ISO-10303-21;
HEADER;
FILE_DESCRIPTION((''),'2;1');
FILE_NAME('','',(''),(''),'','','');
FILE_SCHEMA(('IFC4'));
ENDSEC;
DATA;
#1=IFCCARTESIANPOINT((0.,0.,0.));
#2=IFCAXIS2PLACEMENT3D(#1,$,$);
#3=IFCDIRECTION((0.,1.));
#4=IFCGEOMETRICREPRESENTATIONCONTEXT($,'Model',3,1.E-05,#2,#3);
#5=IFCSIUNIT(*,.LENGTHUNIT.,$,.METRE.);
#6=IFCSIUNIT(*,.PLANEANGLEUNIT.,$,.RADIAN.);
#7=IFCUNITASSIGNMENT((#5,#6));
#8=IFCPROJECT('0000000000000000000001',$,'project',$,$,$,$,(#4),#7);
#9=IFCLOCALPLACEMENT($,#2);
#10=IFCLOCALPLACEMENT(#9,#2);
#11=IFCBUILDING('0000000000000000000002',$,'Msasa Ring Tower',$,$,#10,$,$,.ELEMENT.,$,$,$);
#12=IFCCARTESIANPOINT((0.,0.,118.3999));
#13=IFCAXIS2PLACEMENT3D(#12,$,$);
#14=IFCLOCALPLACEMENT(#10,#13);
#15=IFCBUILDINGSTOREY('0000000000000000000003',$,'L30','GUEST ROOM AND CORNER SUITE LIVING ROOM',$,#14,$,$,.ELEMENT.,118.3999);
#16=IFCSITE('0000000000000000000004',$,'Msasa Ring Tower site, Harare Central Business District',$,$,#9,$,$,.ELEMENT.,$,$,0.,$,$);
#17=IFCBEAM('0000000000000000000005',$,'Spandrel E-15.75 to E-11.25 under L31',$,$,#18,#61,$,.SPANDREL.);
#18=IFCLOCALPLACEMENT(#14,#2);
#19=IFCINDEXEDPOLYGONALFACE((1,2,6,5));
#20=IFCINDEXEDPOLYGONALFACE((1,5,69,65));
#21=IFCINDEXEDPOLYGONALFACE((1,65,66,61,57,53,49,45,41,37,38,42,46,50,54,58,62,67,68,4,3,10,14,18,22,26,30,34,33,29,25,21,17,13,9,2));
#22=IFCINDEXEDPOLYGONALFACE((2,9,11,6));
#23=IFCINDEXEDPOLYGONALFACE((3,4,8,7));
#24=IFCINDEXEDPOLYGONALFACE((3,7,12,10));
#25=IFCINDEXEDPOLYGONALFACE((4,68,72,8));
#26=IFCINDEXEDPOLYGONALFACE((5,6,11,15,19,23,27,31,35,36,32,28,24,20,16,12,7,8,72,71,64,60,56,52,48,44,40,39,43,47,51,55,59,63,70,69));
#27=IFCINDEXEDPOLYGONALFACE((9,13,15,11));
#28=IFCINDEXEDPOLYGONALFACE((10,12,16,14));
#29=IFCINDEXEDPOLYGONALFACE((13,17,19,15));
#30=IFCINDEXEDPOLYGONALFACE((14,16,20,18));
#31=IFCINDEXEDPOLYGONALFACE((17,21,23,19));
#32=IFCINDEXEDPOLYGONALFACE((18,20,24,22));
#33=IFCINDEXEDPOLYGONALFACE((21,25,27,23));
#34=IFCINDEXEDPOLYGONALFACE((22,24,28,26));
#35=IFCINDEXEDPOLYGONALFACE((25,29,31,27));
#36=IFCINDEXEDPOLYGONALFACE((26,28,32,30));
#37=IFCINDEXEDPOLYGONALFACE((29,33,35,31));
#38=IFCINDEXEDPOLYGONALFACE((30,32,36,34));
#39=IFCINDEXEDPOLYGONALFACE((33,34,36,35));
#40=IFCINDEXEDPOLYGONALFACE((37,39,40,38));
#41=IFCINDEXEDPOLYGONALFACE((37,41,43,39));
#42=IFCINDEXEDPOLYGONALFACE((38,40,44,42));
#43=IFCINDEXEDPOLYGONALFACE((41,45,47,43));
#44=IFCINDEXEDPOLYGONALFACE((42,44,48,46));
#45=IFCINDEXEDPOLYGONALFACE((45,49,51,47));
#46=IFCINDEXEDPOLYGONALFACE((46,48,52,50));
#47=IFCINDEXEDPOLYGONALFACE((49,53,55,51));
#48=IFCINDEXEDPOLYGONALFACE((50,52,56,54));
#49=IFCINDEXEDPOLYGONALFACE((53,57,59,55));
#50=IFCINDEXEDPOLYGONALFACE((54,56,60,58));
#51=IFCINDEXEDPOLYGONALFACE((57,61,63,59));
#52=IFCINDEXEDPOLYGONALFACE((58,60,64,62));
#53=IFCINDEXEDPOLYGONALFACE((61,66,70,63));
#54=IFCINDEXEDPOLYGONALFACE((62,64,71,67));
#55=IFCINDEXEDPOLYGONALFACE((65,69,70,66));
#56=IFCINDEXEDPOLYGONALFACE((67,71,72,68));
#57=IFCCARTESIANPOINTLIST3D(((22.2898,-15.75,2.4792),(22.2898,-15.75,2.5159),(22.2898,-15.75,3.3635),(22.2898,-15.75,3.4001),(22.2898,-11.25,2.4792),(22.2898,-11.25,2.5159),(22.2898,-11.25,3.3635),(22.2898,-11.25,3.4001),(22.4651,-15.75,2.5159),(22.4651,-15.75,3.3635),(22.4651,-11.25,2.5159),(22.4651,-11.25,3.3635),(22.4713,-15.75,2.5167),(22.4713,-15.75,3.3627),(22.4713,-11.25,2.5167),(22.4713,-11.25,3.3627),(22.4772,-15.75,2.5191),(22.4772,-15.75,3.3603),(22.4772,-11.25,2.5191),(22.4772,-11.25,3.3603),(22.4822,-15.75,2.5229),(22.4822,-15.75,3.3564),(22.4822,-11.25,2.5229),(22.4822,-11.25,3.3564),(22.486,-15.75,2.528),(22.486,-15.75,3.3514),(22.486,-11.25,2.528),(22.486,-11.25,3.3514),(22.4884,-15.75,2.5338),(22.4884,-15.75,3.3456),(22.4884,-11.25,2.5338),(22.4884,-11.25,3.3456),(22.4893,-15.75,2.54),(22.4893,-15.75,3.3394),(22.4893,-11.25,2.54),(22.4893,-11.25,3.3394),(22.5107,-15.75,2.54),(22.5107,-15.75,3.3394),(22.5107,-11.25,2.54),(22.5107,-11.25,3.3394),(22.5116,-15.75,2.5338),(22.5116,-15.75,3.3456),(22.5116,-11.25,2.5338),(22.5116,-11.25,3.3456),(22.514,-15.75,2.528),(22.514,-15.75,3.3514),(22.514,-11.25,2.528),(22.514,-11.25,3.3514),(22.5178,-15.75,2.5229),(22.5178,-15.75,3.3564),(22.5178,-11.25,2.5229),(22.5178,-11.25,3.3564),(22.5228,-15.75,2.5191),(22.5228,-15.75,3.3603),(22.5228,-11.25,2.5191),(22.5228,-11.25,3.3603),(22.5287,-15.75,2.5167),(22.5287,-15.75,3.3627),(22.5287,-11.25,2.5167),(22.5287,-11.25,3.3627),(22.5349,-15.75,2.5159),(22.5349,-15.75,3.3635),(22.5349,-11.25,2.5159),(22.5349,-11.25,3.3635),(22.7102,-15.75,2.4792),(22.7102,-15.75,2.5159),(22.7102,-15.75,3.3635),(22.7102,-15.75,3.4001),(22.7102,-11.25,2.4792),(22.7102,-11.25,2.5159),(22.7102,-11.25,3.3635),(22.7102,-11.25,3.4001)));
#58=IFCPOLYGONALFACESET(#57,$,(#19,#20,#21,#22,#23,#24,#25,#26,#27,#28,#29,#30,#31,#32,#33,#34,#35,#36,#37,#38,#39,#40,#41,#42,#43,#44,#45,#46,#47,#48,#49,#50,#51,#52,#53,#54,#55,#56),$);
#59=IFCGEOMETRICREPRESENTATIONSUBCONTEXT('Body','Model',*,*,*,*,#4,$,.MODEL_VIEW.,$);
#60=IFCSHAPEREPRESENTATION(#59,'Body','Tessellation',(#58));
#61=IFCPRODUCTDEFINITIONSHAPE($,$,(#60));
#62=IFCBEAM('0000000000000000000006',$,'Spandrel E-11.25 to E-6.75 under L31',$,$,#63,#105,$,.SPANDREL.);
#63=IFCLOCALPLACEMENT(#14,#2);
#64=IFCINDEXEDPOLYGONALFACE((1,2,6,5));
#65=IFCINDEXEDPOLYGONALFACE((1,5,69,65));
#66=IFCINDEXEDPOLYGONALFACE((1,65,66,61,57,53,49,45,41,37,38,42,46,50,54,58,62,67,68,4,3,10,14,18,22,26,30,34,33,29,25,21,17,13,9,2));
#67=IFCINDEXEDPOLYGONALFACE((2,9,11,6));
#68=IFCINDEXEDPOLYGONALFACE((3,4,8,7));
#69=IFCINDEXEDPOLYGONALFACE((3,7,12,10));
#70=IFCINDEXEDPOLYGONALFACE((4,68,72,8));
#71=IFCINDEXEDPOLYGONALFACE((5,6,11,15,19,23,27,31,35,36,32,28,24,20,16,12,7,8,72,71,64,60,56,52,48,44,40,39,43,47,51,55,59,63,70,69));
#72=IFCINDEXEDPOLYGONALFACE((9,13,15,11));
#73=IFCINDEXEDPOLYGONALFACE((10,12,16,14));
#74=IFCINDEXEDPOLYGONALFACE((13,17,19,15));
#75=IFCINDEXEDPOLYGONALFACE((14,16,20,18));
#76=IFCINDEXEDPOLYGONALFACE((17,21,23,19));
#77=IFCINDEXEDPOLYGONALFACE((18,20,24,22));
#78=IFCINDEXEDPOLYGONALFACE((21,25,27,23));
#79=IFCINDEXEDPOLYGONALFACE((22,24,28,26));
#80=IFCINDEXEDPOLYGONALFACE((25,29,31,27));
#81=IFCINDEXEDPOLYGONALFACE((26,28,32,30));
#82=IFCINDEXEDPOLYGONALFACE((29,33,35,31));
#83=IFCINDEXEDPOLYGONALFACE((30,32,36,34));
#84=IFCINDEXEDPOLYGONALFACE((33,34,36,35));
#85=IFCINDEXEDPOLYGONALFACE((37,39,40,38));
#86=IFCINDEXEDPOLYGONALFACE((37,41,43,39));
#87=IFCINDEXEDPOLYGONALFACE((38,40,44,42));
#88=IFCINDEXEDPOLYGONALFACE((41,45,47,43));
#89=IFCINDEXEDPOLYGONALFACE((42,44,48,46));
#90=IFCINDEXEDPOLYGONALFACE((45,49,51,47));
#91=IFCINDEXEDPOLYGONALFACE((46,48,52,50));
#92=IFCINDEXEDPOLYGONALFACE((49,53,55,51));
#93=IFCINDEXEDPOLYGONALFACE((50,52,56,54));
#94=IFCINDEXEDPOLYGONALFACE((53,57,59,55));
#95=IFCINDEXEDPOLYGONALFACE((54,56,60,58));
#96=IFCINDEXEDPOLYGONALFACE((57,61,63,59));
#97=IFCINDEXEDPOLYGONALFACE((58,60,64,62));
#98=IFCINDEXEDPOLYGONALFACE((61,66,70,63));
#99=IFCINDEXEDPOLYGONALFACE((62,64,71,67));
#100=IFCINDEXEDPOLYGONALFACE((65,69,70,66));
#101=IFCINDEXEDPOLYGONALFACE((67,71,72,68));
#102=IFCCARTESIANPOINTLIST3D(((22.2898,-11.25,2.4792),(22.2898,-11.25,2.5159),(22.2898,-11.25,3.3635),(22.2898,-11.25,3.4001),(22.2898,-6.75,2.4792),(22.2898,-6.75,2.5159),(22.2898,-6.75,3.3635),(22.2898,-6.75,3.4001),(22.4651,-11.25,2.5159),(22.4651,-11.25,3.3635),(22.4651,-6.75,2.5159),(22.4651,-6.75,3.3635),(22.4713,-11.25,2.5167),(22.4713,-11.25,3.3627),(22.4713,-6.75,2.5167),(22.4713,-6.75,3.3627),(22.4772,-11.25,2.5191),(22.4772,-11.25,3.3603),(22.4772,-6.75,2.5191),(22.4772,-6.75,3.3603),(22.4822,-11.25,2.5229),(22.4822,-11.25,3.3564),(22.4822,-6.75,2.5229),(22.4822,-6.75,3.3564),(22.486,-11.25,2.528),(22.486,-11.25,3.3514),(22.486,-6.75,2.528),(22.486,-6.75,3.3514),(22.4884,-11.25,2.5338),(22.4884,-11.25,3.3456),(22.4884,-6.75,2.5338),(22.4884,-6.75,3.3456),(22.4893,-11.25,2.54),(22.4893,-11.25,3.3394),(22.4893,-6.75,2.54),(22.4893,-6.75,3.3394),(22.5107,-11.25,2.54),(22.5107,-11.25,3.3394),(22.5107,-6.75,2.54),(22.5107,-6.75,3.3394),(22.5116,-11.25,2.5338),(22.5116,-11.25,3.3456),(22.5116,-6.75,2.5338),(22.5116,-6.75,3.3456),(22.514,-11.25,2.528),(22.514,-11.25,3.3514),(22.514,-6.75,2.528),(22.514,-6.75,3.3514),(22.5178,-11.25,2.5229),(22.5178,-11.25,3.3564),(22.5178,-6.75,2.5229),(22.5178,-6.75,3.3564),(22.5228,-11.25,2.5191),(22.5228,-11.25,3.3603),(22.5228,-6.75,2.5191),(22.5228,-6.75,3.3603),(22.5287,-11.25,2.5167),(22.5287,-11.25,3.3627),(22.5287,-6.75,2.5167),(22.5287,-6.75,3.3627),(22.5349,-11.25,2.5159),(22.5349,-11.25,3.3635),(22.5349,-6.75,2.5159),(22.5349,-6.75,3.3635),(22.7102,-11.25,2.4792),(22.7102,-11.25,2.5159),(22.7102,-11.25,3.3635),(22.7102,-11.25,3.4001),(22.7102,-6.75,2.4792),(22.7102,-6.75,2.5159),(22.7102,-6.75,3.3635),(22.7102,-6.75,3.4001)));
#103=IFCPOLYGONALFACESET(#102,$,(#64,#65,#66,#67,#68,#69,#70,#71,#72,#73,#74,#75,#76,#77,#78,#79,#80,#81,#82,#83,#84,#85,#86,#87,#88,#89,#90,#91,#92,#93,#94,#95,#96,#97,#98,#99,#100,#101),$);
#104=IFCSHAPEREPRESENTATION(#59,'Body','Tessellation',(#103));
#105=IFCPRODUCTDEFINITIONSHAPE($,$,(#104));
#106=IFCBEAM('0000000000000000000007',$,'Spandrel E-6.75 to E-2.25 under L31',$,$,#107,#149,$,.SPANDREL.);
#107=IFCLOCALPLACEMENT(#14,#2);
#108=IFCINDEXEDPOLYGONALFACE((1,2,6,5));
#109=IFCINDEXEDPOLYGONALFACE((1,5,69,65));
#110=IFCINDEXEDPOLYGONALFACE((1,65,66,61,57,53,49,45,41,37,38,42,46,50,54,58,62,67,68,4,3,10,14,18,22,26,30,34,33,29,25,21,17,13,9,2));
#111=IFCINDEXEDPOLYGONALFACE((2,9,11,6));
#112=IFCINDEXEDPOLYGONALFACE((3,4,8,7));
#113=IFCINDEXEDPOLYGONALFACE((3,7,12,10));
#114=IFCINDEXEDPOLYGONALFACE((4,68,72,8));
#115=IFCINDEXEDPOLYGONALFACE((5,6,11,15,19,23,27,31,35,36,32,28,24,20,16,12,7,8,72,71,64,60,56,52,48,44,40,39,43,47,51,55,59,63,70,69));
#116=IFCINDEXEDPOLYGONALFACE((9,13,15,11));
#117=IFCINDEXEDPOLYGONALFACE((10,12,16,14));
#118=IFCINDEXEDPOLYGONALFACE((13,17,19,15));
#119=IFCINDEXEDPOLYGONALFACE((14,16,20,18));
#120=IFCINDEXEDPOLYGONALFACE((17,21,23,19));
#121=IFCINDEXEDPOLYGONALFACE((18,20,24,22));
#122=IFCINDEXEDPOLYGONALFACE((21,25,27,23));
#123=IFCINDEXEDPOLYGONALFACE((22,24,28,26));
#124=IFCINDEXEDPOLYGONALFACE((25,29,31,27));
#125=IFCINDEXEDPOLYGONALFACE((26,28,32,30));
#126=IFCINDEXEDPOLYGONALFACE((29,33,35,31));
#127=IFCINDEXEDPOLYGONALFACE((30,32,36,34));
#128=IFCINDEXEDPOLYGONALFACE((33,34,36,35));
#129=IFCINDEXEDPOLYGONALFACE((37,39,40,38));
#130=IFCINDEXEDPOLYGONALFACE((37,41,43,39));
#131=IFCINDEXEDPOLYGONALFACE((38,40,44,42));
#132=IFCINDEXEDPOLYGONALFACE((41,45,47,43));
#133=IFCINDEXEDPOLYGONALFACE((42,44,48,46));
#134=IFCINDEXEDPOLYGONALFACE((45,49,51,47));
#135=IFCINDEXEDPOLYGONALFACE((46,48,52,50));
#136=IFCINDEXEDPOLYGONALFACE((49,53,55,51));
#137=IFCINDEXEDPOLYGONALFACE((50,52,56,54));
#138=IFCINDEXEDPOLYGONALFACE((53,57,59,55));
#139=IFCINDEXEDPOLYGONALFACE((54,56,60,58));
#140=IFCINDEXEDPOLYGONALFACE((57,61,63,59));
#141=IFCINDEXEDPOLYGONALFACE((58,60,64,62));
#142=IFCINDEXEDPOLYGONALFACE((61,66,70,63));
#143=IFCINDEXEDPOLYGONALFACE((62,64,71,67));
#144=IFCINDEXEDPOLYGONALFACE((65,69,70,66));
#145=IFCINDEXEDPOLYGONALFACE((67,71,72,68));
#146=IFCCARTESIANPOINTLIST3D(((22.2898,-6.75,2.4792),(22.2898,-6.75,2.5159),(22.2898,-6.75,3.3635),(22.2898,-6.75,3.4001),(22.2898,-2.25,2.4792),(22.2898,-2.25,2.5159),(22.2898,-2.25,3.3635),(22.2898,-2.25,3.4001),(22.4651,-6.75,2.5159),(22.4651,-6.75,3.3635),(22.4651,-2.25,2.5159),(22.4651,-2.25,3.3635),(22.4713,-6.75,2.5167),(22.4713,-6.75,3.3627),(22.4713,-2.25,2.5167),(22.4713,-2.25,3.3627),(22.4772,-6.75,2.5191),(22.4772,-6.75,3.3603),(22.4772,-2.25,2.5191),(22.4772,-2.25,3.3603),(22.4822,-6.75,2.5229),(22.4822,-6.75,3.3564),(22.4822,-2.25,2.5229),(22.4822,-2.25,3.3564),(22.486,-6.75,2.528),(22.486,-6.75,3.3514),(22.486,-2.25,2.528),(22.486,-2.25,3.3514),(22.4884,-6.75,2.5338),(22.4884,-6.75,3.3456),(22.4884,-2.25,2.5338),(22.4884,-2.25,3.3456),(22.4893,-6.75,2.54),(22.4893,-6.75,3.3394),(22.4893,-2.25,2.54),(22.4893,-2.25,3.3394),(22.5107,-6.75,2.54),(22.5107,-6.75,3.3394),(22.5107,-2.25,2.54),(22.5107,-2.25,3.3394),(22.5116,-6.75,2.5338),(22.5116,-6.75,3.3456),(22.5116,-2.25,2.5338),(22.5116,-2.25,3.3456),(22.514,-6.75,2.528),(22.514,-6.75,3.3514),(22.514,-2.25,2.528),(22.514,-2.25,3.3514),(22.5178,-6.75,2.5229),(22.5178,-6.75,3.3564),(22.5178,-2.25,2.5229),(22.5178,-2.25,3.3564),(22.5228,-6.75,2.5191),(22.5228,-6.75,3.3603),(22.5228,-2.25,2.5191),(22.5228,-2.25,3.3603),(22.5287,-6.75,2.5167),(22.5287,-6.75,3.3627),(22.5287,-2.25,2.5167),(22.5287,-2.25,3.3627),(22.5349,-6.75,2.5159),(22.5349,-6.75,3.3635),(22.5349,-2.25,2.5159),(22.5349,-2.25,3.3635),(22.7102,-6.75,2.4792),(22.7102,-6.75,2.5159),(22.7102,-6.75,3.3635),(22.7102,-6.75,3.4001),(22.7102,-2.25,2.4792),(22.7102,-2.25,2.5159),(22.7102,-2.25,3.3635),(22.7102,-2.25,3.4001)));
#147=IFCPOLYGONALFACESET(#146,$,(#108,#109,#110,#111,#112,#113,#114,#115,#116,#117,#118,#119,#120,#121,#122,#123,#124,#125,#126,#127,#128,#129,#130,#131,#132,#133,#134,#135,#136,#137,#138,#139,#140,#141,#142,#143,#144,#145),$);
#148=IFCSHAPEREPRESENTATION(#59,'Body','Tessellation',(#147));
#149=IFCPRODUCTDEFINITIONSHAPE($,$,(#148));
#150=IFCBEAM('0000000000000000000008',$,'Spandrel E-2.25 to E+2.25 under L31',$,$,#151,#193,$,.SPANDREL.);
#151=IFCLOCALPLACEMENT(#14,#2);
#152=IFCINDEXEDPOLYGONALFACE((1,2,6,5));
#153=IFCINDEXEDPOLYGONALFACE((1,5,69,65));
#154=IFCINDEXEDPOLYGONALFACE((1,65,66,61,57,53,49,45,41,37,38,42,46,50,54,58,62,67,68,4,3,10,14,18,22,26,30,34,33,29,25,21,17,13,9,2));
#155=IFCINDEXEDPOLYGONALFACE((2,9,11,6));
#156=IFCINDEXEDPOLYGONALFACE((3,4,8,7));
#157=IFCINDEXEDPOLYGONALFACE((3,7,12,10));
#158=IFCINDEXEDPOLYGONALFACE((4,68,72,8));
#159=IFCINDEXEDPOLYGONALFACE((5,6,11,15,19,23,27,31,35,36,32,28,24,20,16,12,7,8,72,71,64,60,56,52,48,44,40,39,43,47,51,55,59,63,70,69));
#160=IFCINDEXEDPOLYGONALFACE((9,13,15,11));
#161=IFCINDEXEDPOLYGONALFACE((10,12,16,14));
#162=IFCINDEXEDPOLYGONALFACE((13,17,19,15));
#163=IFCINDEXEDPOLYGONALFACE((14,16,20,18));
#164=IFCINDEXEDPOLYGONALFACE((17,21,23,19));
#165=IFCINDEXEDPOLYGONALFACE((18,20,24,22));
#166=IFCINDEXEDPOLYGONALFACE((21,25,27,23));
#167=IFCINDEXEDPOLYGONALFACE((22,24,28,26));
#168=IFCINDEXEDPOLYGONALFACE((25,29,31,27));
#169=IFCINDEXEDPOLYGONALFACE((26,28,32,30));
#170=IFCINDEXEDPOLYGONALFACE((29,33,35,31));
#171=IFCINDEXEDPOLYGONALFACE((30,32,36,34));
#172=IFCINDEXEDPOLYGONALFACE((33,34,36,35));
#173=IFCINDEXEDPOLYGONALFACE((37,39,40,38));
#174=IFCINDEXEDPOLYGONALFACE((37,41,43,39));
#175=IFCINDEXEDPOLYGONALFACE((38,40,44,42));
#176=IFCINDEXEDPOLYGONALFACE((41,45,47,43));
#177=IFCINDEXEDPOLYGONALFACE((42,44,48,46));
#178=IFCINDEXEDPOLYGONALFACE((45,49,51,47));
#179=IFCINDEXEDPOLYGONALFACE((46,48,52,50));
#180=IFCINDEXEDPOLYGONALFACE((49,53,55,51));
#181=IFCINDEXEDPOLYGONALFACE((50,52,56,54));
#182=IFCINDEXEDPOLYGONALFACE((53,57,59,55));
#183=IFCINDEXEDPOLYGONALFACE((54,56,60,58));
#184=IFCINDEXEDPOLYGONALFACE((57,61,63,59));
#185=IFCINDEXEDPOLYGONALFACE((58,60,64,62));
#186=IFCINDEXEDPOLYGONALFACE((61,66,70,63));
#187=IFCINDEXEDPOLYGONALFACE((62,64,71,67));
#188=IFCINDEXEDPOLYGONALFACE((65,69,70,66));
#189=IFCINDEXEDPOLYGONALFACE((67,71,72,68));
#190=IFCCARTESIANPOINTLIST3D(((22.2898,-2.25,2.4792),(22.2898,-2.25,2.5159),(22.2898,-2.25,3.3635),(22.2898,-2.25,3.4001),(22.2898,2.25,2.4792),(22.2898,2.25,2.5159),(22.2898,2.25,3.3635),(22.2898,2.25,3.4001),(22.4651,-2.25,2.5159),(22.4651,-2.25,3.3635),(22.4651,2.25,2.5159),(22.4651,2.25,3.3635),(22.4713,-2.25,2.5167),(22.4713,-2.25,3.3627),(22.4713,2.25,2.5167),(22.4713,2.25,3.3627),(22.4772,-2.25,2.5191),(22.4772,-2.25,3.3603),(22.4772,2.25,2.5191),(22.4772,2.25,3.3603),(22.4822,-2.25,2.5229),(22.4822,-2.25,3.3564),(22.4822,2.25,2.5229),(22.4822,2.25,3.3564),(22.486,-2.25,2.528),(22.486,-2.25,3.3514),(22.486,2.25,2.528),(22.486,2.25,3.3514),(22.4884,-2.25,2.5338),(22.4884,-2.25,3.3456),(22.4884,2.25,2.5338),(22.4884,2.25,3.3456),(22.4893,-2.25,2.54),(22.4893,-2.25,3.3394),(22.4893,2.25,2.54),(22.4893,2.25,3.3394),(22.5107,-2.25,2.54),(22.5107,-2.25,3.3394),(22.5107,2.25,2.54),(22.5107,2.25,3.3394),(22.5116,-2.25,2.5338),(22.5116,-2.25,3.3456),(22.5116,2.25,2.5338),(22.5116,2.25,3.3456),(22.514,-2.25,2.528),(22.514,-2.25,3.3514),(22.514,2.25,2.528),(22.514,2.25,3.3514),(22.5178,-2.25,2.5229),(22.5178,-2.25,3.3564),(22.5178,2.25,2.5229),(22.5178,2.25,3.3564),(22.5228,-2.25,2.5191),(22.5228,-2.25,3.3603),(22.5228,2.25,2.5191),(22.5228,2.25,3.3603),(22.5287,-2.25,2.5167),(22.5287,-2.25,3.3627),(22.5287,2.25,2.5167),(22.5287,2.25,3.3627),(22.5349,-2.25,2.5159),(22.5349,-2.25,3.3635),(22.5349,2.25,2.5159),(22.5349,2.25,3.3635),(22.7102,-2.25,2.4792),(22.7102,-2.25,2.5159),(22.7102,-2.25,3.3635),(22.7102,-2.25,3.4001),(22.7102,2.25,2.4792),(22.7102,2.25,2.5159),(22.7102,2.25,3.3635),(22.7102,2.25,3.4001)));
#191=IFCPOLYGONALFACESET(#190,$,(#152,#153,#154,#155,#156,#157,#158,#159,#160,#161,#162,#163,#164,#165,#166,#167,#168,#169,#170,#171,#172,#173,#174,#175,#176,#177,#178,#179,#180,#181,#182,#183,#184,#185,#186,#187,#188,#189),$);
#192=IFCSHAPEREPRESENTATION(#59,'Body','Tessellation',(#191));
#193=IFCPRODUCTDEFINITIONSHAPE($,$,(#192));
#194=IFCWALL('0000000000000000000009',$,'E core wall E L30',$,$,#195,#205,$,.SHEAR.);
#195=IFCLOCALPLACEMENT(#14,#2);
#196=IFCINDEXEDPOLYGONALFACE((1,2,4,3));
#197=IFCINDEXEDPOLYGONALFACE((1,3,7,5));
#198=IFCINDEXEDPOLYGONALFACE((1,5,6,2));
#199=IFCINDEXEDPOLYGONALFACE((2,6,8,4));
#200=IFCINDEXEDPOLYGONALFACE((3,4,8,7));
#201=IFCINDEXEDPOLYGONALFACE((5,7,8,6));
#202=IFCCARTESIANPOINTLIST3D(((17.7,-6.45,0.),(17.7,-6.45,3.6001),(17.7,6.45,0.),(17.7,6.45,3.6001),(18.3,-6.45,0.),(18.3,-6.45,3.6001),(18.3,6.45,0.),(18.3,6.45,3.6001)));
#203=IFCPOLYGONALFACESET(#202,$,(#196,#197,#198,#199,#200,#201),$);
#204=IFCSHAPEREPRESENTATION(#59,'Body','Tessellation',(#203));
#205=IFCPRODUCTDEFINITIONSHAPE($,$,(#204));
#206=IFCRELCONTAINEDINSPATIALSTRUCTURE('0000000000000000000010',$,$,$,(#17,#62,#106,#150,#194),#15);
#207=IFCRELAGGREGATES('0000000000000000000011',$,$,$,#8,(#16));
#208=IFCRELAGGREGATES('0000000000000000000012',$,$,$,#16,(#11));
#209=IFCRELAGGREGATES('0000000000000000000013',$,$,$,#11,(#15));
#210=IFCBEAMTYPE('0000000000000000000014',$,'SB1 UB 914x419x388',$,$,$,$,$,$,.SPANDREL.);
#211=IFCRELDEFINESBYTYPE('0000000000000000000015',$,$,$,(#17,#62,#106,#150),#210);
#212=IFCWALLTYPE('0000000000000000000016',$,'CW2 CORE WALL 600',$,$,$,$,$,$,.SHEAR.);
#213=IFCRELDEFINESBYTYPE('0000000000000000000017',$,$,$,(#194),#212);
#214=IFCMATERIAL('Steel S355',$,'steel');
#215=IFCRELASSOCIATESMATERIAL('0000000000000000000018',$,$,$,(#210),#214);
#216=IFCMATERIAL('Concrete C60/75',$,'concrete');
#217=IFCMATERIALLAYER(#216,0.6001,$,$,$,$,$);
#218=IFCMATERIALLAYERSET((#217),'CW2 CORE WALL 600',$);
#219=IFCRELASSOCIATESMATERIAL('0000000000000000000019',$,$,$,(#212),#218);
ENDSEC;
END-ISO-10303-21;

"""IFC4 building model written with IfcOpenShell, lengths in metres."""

from ifc_helpers import new_model, si_unit, direction, frame, frame_2d, origin, origin_2d, place, context, subcontext, project, spatial, rectangle, i_section, extrude, material, layer, layer_set, material_profile, profile_set, type_object, element, save


model = new_model("IFC4")

# Units and contexts
model_context = context("Model", 3, precision=1e-05, world=origin(), true_north=direction((0.0, 1.0)))
body_context = subcontext(model_context, "Body", "Model", "MODEL_VIEW")
ifc_project = project(units=[si_unit("LENGTHUNIT", "METRE"), si_unit("PLANEANGLEUNIT", "RADIAN")], contexts=[model_context])

# Site, building, storey
site_placement = place(None, origin())
site = spatial("IfcSite", under=ifc_project, at=site_placement, Name="Msasa Ring Tower site, Harare Central Business District", CompositionType="ELEMENT", RefElevation=0.0)
building_placement = place(site_placement, origin())
building = spatial("IfcBuilding", under=site, at=building_placement, Name="Msasa Ring Tower", CompositionType="ELEMENT")
storey_placement = place(building_placement, frame((0.0, 0.0, 118.3999)))
storey = spatial("IfcBuildingStorey", under=building, at=storey_placement, Name="L30", Description="GUEST ROOM AND CORNER SUITE LIVING ROOM", CompositionType="ELEMENT", Elevation=118.3999)

# Beams
ifc_material_1 = material(Name="Steel S355", Category="steel")
ifc_material_profile_1 = material_profile(ifc_material_1, i_section(OverallWidth=0.4204, OverallDepth=0.9209, WebThickness=0.0215, FlangeThickness=0.0366, FilletRadius=0.0242, at=origin_2d()), Name="UB 914x419x388")
ifc_profile_set_1 = profile_set([ifc_material_profile_1], Name="Steel S355")
beam_type_1 = type_object("IfcBeamType", Name="SB1 UB 914x419x388", PredefinedType="SPANDREL", material=ifc_profile_set_1)
for number, where, z_axis, x_axis, name in (
    (1, (22.5, -15.75, 2.9397), (0.0, 1.0, 0.0), (-1.0, 0.0, 0.0), "Spandrel E-15.75 to E-11.25 under L31"),
    (2, (22.5, -11.25, 2.9397), (0.0, 1.0, 0.0), (-1.0, 0.0, 0.0), "Spandrel E-11.25 to E-6.75 under L31"),
    (3, (22.5, -6.75, 2.9397), (0.0, 1.0, 0.0), (-1.0, 0.0, 0.0), "Spandrel E-6.75 to E-2.25 under L31"),
    (4, (22.5, -2.25, 2.9397), (0.0, 1.0, 0.0), (-1.0, 0.0, 0.0), "Spandrel E-2.25 to E+2.25 under L31"),
):
    element("IfcBeam", number, at=place(storey_placement, frame(where, z_axis=z_axis, x_axis=x_axis)), inside=storey, type_object=beam_type_1, Name=name, PredefinedType="SPANDREL", context=body_context, shape_type="SweptSolid", body=[
        extrude(i_section(OverallWidth=0.4204, OverallDepth=0.9209, WebThickness=0.0215, FlangeThickness=0.0366, FilletRadius=0.0242, at=origin_2d()), origin(), (0.0, 0.0, 1.0), 4.5),
    ])

# Wall
ifc_material_2 = material(Name="Concrete C60/75", Category="concrete")
ifc_layer_1 = layer(ifc_material_2, 0.6001)
ifc_layer_set_1 = layer_set([ifc_layer_1], Name="CW2 CORE WALL 600")
wall_type_1 = type_object("IfcWallType", Name="CW2 CORE WALL 600", PredefinedType="SHEAR", material=ifc_layer_set_1)
wall_1_placement = place(storey_placement, frame((18.0, -6.45, 0.0), z_axis=(0.0, 0.0, 1.0), x_axis=(0.0, 1.0, 0.0)))
element("IfcWall", 5, at=wall_1_placement, inside=storey, type_object=wall_type_1, Name="E core wall E L30", PredefinedType="SHEAR", context=body_context, shape_type="SweptSolid", body=[
    extrude(rectangle(XDim=12.8999, YDim=0.6001, at=frame_2d((6.45, 0.0))), origin(), (0.0, 0.0, 1.0), 3.6001),
])

save(model, "model.ifc")
